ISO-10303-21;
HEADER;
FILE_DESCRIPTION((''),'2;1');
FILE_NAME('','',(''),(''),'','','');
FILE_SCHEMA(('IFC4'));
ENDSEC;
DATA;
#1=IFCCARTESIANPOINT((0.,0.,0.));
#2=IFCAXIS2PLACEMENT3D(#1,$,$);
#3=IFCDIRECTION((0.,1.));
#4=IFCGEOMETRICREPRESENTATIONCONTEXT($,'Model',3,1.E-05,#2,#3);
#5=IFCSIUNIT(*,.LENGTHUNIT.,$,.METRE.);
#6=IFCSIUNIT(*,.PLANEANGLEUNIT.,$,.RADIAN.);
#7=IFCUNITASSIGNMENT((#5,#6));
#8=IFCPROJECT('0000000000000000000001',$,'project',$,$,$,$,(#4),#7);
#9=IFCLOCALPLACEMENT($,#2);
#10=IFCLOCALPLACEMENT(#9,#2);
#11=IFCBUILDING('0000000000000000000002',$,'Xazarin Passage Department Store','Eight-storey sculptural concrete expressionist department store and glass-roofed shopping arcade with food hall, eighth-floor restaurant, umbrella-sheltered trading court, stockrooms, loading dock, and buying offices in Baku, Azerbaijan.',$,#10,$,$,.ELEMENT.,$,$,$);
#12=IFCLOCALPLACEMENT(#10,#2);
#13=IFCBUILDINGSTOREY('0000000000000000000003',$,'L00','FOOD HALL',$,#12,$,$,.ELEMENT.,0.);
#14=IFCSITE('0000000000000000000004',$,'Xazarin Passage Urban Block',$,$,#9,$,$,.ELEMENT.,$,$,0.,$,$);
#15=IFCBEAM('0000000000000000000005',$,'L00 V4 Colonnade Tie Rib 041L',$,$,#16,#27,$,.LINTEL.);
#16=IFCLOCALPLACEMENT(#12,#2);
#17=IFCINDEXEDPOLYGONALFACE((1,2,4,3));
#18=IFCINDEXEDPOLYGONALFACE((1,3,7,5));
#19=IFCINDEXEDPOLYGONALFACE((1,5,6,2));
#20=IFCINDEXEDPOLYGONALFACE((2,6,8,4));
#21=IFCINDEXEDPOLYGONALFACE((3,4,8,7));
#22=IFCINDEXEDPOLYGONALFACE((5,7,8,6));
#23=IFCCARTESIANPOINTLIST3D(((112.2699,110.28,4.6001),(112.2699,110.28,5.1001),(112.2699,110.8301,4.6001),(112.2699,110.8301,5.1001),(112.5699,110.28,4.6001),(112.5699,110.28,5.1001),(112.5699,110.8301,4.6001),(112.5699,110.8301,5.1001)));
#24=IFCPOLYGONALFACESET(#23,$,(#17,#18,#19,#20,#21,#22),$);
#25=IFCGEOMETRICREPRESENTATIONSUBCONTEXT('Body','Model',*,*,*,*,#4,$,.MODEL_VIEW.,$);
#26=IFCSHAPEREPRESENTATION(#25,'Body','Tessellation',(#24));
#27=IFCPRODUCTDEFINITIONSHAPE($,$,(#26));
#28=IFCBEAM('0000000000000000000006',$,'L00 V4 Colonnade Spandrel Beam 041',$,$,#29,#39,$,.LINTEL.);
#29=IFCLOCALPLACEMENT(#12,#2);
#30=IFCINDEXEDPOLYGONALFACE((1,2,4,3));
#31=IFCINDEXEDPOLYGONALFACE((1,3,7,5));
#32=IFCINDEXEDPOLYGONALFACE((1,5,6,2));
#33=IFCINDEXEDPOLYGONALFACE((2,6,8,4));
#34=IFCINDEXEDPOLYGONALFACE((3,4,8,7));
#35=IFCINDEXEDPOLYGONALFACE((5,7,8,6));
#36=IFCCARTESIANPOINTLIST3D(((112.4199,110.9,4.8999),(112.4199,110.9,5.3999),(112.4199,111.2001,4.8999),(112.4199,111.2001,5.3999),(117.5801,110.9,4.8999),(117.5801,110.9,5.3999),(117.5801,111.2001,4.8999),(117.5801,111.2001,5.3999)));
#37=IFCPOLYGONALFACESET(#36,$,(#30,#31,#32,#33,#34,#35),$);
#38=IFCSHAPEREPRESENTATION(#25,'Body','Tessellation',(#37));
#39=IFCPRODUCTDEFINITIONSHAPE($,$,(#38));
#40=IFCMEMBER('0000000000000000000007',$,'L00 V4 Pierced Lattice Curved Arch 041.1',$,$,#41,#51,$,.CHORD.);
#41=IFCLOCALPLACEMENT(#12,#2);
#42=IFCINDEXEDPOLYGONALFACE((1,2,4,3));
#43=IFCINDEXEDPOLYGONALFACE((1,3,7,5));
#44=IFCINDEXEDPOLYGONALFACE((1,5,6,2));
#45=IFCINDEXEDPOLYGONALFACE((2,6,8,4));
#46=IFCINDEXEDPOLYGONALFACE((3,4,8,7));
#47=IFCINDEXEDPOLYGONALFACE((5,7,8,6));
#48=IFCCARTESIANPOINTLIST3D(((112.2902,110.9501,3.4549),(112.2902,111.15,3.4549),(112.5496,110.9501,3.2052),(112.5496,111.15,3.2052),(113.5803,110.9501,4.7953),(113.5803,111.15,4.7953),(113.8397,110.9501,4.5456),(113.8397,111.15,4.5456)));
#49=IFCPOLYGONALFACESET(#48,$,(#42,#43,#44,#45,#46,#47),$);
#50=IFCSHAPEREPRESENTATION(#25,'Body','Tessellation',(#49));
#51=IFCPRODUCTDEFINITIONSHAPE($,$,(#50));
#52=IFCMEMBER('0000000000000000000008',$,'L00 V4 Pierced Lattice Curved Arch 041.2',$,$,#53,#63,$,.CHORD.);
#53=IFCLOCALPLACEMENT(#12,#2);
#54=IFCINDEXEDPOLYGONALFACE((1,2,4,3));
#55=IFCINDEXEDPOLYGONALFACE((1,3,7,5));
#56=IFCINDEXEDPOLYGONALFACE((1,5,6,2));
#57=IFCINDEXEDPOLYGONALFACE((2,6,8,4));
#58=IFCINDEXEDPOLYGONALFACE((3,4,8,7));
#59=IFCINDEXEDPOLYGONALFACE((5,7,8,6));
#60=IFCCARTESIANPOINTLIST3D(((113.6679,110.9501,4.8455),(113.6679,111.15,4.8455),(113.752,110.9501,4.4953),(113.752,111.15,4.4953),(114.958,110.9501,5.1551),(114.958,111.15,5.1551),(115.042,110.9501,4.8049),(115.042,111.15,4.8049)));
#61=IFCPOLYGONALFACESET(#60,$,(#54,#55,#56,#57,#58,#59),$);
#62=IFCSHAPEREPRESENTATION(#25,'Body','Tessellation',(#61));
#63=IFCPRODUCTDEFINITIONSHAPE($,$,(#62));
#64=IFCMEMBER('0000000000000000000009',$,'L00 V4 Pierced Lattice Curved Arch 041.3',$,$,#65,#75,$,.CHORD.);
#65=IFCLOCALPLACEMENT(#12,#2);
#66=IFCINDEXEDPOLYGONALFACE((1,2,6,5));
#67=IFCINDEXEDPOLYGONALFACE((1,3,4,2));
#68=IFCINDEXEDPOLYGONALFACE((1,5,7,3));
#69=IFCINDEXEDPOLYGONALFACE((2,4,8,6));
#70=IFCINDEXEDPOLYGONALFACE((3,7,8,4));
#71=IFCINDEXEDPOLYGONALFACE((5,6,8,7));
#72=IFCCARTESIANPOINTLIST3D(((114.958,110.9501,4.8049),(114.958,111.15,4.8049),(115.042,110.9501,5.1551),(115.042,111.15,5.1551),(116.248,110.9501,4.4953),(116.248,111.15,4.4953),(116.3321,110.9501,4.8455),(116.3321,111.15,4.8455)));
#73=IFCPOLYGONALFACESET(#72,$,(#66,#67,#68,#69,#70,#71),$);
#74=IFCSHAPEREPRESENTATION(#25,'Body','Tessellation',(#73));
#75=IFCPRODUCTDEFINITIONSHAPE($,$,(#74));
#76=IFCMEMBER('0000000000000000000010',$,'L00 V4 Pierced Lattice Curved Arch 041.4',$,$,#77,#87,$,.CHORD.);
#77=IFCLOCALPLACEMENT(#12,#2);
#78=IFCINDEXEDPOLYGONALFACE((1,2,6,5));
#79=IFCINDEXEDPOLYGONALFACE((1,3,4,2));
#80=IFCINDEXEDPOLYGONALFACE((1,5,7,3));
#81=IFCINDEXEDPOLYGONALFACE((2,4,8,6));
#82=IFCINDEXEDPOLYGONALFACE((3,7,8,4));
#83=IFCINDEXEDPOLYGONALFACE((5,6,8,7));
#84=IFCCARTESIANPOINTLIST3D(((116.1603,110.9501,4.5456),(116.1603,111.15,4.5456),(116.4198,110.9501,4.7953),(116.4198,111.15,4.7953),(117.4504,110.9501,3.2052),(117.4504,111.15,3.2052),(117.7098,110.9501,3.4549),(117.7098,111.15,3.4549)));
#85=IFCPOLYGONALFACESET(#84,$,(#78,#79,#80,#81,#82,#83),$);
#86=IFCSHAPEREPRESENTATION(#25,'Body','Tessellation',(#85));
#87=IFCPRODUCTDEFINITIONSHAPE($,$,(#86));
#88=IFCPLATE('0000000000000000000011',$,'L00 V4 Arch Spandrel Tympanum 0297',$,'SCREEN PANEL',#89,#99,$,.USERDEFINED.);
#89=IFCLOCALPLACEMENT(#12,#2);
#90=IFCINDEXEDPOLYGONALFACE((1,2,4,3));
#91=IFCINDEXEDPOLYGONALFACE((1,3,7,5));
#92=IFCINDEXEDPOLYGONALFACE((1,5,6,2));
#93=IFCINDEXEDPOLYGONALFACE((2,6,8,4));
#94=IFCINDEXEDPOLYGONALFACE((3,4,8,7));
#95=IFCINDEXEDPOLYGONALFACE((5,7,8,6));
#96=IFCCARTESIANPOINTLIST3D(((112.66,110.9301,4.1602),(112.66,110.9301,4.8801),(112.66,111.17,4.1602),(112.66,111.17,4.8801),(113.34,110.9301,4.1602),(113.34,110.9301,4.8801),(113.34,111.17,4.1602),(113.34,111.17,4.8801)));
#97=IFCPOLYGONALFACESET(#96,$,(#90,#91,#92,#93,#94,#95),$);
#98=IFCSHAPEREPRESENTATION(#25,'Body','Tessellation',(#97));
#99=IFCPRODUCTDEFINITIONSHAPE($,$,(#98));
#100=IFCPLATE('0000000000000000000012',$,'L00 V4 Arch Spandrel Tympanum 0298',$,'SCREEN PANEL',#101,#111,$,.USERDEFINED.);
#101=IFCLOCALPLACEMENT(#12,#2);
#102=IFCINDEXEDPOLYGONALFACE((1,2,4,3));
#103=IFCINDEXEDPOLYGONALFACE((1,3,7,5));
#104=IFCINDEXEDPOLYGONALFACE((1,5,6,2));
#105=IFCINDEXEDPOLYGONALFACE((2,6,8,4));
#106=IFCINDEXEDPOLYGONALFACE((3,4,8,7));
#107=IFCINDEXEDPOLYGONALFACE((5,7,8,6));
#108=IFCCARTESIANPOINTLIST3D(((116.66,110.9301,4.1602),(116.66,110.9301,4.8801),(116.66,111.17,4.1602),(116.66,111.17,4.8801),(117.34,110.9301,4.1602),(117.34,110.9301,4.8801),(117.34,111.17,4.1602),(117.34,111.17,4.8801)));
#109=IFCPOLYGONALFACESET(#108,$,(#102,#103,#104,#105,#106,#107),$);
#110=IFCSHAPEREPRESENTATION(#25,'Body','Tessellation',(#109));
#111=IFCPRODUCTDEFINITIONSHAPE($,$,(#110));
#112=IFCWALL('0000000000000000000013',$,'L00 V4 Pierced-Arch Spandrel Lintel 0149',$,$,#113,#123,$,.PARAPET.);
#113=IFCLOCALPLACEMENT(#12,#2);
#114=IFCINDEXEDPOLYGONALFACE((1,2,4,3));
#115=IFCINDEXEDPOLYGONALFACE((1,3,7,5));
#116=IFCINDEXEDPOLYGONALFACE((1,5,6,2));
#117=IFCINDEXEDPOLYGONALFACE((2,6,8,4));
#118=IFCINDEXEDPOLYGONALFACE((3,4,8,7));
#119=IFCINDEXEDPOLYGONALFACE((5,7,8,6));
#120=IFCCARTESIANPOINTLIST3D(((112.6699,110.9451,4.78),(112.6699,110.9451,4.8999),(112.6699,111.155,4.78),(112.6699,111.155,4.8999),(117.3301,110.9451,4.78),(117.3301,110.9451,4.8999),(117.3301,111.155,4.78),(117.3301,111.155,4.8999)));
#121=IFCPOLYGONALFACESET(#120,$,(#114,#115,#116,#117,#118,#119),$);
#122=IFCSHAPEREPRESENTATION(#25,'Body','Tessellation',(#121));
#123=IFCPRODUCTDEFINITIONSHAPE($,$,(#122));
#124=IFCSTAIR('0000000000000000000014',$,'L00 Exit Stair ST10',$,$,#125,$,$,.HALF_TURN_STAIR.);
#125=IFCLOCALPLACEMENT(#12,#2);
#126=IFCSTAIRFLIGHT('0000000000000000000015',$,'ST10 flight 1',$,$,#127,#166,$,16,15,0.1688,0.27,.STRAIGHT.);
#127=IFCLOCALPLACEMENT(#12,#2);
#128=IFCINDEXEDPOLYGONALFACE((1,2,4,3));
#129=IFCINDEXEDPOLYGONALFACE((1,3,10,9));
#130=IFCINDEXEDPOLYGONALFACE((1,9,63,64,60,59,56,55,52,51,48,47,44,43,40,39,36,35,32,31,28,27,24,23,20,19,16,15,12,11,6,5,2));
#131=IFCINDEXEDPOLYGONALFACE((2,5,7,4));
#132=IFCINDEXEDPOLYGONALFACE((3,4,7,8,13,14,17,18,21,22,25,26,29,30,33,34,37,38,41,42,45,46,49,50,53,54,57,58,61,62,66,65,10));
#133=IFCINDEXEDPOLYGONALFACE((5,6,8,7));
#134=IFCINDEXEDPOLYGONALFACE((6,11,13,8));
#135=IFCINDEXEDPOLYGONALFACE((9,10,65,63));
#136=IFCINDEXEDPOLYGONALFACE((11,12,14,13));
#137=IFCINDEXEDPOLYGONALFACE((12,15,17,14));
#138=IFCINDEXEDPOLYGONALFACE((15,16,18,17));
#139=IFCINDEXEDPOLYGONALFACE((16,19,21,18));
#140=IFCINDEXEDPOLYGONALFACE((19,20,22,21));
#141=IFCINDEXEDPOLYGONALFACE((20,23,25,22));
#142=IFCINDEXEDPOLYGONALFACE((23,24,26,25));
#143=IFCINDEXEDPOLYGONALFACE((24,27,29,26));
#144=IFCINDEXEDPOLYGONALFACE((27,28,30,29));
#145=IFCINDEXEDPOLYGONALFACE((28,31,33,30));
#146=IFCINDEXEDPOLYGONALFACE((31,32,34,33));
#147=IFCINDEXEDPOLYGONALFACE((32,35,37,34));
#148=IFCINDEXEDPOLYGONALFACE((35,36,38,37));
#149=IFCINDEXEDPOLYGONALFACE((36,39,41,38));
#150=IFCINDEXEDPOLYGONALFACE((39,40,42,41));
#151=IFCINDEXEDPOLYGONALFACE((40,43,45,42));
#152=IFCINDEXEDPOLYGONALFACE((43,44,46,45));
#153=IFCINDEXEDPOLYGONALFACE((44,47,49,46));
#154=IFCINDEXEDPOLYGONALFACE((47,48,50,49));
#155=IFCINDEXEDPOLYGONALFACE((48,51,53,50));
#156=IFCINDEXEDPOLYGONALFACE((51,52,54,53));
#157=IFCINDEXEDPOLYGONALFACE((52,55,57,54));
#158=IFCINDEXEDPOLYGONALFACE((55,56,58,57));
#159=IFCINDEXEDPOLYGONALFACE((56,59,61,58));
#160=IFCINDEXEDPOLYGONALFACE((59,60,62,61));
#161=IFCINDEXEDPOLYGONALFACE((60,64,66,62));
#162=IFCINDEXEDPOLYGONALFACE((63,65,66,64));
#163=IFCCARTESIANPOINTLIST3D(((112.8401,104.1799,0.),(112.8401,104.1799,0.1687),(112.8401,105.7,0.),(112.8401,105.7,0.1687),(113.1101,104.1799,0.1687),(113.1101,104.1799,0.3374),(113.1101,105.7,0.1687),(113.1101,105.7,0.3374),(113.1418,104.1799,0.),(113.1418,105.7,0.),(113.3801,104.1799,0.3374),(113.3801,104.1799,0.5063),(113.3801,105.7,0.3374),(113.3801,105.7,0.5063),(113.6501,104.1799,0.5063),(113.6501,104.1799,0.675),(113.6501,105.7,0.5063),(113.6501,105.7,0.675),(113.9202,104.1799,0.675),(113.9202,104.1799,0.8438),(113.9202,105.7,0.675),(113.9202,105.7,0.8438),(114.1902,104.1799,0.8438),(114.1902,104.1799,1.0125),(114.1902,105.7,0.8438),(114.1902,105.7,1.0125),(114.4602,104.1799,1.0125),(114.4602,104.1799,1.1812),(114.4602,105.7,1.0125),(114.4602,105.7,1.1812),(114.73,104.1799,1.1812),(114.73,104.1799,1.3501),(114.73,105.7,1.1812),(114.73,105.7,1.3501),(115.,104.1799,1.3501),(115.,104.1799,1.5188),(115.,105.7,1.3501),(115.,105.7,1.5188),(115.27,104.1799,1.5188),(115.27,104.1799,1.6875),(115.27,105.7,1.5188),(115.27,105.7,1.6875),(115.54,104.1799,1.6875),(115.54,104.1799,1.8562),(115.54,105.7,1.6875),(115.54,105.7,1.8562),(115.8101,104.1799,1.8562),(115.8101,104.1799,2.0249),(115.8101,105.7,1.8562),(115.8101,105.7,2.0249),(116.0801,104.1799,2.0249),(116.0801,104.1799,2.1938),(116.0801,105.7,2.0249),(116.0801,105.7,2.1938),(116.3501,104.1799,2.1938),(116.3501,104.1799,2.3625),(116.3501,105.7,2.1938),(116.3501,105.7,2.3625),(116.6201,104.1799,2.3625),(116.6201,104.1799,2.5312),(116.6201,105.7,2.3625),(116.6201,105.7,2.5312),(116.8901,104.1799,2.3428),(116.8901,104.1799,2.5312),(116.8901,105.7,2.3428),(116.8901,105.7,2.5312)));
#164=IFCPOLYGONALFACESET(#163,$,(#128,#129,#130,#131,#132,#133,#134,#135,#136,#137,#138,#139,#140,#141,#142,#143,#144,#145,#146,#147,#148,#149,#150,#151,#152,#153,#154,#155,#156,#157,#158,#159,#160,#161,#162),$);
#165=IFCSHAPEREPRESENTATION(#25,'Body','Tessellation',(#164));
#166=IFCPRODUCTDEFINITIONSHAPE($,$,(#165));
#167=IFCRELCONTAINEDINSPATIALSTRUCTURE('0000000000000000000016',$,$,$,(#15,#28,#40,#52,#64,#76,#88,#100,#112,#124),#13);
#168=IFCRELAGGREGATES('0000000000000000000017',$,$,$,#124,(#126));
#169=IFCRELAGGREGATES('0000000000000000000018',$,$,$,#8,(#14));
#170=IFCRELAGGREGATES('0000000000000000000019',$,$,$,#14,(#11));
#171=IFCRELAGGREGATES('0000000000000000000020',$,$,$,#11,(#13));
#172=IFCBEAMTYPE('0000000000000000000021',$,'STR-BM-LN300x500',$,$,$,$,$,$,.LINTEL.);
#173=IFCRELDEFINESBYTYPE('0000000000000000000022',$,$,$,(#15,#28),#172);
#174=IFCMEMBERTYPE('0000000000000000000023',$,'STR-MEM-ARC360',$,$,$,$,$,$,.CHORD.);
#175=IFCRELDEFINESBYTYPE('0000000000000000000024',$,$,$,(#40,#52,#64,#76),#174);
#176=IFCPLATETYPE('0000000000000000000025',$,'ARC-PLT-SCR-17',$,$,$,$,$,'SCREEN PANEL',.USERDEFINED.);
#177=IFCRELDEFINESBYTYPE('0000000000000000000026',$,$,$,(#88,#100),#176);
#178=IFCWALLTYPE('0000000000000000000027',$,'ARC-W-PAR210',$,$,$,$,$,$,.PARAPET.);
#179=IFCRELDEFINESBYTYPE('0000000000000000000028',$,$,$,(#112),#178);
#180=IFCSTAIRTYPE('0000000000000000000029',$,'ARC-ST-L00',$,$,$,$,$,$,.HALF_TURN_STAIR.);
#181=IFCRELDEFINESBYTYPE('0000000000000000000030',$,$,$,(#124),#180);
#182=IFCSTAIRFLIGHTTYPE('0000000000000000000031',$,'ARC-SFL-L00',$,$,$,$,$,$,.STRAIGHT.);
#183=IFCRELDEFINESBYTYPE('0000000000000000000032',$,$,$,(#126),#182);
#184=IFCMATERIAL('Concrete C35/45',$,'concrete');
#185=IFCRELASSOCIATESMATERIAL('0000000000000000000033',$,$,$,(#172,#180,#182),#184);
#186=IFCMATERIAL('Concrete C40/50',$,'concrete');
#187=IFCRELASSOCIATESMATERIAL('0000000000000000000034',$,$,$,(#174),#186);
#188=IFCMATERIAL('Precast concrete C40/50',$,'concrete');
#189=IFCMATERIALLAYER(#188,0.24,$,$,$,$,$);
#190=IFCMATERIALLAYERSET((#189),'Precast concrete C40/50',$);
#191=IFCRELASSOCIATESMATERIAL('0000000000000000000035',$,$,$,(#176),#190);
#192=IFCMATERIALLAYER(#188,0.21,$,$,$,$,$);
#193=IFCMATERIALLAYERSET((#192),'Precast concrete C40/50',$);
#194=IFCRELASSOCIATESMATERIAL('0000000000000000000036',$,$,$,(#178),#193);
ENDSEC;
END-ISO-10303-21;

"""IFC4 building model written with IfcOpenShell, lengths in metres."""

from ifc_helpers import new_model, si_unit, direction, frame, frame_2d, origin, origin_2d, place, context, subcontext, project, spatial, polyline, rectangle, outline, extrude, material, layer, layer_set, material_profile, profile_set, type_object, element, aggregate, save


model = new_model("IFC4")

# Units and contexts
model_context = context("Model", 3, precision=1e-05, world=origin(), true_north=direction((0.0, 1.0)))
body_context = subcontext(model_context, "Body", "Model", "MODEL_VIEW")
ifc_project = project(units=[si_unit("LENGTHUNIT", "METRE"), si_unit("PLANEANGLEUNIT", "RADIAN")], contexts=[model_context])

# Site, building, storey
site_placement = place(None, origin())
site = spatial("IfcSite", under=ifc_project, at=site_placement, Name="Xazarin Passage Urban Block", CompositionType="ELEMENT", RefElevation=0.0)
building_placement = place(site_placement, origin())
building = spatial("IfcBuilding", under=site, at=building_placement, Name="Xazarin Passage Department Store", Description="Eight-storey sculptural concrete expressionist department store and glass-roofed shopping arcade with food hall, eighth-floor restaurant, umbrella-sheltered trading court, stockrooms, loading dock, and buying offices in Baku, Azerbaijan.", CompositionType="ELEMENT")
storey_placement = place(building_placement, origin())
storey = spatial("IfcBuildingStorey", under=building, at=storey_placement, Name="L00", Description="FOOD HALL", CompositionType="ELEMENT", Elevation=0.0)

# Shared definitions
ifc_material_1 = material(Name="Concrete C35/45", Category="concrete")

# Shared definitions
ifc_material_2 = material(Name="Concrete C40/50", Category="concrete")

# Beams
ifc_material_profile_1 = material_profile(ifc_material_1, rectangle(XDim=0.3, YDim=0.5, at=origin_2d()), Name="RC 300x500")
ifc_profile_set_1 = profile_set([ifc_material_profile_1], Name="Concrete C35/45")
beam_type = type_object("IfcBeamType", Name="STR-BM-LN300x500", PredefinedType="LINTEL", material=ifc_profile_set_1)
beam_1_placement = place(storey_placement, frame((112.4199, 110.28, 4.8501), z_axis=(0.0, 1.0, 0.0), x_axis=(-1.0, 0.0, 0.0)))
element("IfcBeam", 1, at=beam_1_placement, inside=storey, type_object=beam_type, Name="L00 V4 Colonnade Tie Rib 041L", PredefinedType="LINTEL", context=body_context, shape_type="SweptSolid", body=[
    extrude(rectangle(XDim=0.3, YDim=0.5, at=origin_2d()), origin(), (0.0, 0.0, 1.0), 0.55),
])
beam_2_placement = place(storey_placement, frame((112.4199, 111.05, 5.1499), z_axis=(1.0, 0.0, 0.0), x_axis=(0.0, 1.0, 0.0)))
element("IfcBeam", 2, at=beam_2_placement, inside=storey, type_object=beam_type, Name="L00 V4 Colonnade Spandrel Beam 041", PredefinedType="LINTEL", context=body_context, shape_type="SweptSolid", body=[
    extrude(rectangle(XDim=0.3, YDim=0.5, at=origin_2d()), origin(), (0.0, 0.0, 1.0), 5.1602),
])

# Members
ifc_material_profile_2 = material_profile(ifc_material_2, rectangle(XDim=0.2, YDim=0.3601, at=origin_2d()), Name="RC 200x360")
ifc_profile_set_2 = profile_set([ifc_material_profile_2], Name="Concrete C40/50")
member_type = type_object("IfcMemberType", Name="STR-MEM-ARC360", PredefinedType="CHORD", material=ifc_profile_set_2)
member_1_placement = place(storey_placement, frame((112.4199, 111.05, 3.3301), z_axis=(0.69346, 0.0, 0.720495), x_axis=(0.0, 1.0, 0.0)))
element("IfcMember", 3, at=member_1_placement, inside=storey, type_object=member_type, Name="L00 V4 Pierced Lattice Curved Arch 041.1", PredefinedType="CHORD", context=body_context, shape_type="SweptSolid", body=[
    extrude(rectangle(XDim=0.2, YDim=0.3601, at=origin_2d()), origin(), (0.0, 0.0, 1.0), 1.8604),
])
for number, where, z_axis, x_axis, name in (
    (4, (113.71, 111.05, 4.6704), (0.972394, 0.0, 0.233345), (0.0, 1.0, 0.0), "L00 V4 Pierced Lattice Curved Arch 041.2"),
    (5, (115.0, 111.05, 4.98), (0.972394, 0.0, -0.233345), (0.0, 1.0, 0.0), "L00 V4 Pierced Lattice Curved Arch 041.3"),
):
    element("IfcMember", number, at=place(storey_placement, frame(where, z_axis=z_axis, x_axis=x_axis)), inside=storey, type_object=member_type, Name=name, PredefinedType="CHORD", context=body_context, shape_type="SweptSolid", body=[
        extrude(rectangle(XDim=0.2, YDim=0.3601, at=origin_2d()), origin(), (0.0, 0.0, 1.0), 1.3267),
    ])
member_2_placement = place(storey_placement, frame((116.29, 111.05, 4.6704), z_axis=(0.69346, 0.0, -0.720495), x_axis=(0.0, 1.0, 0.0)))
element("IfcMember", 6, at=member_2_placement, inside=storey, type_object=member_type, Name="L00 V4 Pierced Lattice Curved Arch 041.4", PredefinedType="CHORD", context=body_context, shape_type="SweptSolid", body=[
    extrude(rectangle(XDim=0.2, YDim=0.3601, at=origin_2d()), origin(), (0.0, 0.0, 1.0), 1.8604),
])

# Plates
ifc_material_3 = material(Name="Precast concrete C40/50", Category="concrete")
ifc_layer_1 = layer(ifc_material_3, 0.24)
ifc_layer_set_1 = layer_set([ifc_layer_1], Name="Precast concrete C40/50")
plate_type = type_object("IfcPlateType", Name="ARC-PLT-SCR-17", ElementType="SCREEN PANEL", PredefinedType="USERDEFINED", material=ifc_layer_set_1)
for number, where, z_axis, x_axis, name in (
    (7, (113.0, 111.05, 4.1602), (0.0, 0.0, 1.0), (1.0, 0.0, 0.0), "L00 V4 Arch Spandrel Tympanum 0297"),
    (8, (117.0, 111.05, 4.1602), (0.0, 0.0, 1.0), (1.0, 0.0, 0.0), "L00 V4 Arch Spandrel Tympanum 0298"),
):
    element("IfcPlate", number, at=place(storey_placement, frame(where, z_axis=z_axis, x_axis=x_axis)), inside=storey, type_object=plate_type, Name=name, ObjectType="SCREEN PANEL", PredefinedType="USERDEFINED", context=body_context, shape_type="SweptSolid", body=[
        extrude(rectangle(XDim=0.6799, YDim=0.24, at=origin_2d()), origin(), (0.0, 0.0, 1.0), 0.72),
    ])

# Wall
ifc_layer_2 = layer(ifc_material_3, 0.21)
ifc_layer_set_2 = layer_set([ifc_layer_2], Name="Precast concrete C40/50")
wall_type = type_object("IfcWallType", Name="ARC-W-PAR210", PredefinedType="PARAPET", material=ifc_layer_set_2)
wall_placement = place(storey_placement, frame((112.6699, 111.05, 4.78), z_axis=(0.0, 0.0, 1.0), x_axis=(1.0, 0.0, 0.0)))
element("IfcWall", 9, at=wall_placement, inside=storey, type_object=wall_type, Name="L00 V4 Pierced-Arch Spandrel Lintel 0149", PredefinedType="PARAPET", context=body_context, shape_type="SweptSolid", body=[
    extrude(rectangle(XDim=4.6602, YDim=0.21, at=frame_2d((2.3301, 0.0))), origin(), (0.0, 0.0, 1.0), 0.1199),
])

# Stair, stair flight
stair_type = type_object("IfcStairType", Name="ARC-ST-L00", PredefinedType="HALF_TURN_STAIR", material=ifc_material_1)
stair_placement = place(storey_placement, origin())
stair = element("IfcStair", 10, at=stair_placement, inside=storey, type_object=stair_type, Name="L00 Exit Stair ST10", PredefinedType="HALF_TURN_STAIR")
stair_flight_type = type_object("IfcStairFlightType", Name="ARC-SFL-L00", PredefinedType="STRAIGHT", material=ifc_material_1)
stair_flight_1_placement = place(storey_placement, frame((112.8401, 104.9399, 0.0), z_axis=(0.0, 0.0, 1.0), x_axis=(1.0, 0.0, 0.0)))
stair_flight_1 = element("IfcStairFlight", 11, at=stair_flight_1_placement, type_object=stair_flight_type, Name="ST10 flight 1", NumberOfRisers=16, NumberOfTreads=15, PredefinedType="STRAIGHT", RiserHeight=0.1688, TreadLength=0.27, context=body_context, shape_type="SweptSolid", body=[
    extrude(outline(polyline([(0.0, 0.0), (0.0, 0.1687), (0.27, 0.1687), (0.27, 0.3374), (0.54, 0.3374), (0.54, 0.5063), (0.8101, 0.5063), (0.8101, 0.675), (1.0801, 0.675), (1.0801, 0.8438), (1.3501, 0.8438), (1.3501, 1.0125), (1.6201, 1.0125), (1.6201, 1.1812), (1.8899, 1.1812), (1.8899, 1.3501), (2.1599, 1.3501), (2.1599, 1.5188), (2.4299, 1.5188), (2.4299, 1.6875), (2.7, 1.6875), (2.7, 1.8562), (2.97, 1.8562), (2.97, 2.0249), (3.24, 2.0249), (3.24, 2.1938), (3.51, 2.1938), (3.51, 2.3625), (3.78, 2.3625), (3.78, 2.5312), (4.05, 2.5312), (4.05, 2.7), (4.05, 2.3428), (0.3018, 0.0), (0.0, 0.0)])), frame((0.0, 0.76, 0.0), z_axis=(0.0, -1.0, 0.0), x_axis=(1.0, 0.0, 0.0)), (0.0, 0.0, 1.0), 1.52),
])
aggregate(stair, [stair_flight_1])

save(model, "model.ifc")
